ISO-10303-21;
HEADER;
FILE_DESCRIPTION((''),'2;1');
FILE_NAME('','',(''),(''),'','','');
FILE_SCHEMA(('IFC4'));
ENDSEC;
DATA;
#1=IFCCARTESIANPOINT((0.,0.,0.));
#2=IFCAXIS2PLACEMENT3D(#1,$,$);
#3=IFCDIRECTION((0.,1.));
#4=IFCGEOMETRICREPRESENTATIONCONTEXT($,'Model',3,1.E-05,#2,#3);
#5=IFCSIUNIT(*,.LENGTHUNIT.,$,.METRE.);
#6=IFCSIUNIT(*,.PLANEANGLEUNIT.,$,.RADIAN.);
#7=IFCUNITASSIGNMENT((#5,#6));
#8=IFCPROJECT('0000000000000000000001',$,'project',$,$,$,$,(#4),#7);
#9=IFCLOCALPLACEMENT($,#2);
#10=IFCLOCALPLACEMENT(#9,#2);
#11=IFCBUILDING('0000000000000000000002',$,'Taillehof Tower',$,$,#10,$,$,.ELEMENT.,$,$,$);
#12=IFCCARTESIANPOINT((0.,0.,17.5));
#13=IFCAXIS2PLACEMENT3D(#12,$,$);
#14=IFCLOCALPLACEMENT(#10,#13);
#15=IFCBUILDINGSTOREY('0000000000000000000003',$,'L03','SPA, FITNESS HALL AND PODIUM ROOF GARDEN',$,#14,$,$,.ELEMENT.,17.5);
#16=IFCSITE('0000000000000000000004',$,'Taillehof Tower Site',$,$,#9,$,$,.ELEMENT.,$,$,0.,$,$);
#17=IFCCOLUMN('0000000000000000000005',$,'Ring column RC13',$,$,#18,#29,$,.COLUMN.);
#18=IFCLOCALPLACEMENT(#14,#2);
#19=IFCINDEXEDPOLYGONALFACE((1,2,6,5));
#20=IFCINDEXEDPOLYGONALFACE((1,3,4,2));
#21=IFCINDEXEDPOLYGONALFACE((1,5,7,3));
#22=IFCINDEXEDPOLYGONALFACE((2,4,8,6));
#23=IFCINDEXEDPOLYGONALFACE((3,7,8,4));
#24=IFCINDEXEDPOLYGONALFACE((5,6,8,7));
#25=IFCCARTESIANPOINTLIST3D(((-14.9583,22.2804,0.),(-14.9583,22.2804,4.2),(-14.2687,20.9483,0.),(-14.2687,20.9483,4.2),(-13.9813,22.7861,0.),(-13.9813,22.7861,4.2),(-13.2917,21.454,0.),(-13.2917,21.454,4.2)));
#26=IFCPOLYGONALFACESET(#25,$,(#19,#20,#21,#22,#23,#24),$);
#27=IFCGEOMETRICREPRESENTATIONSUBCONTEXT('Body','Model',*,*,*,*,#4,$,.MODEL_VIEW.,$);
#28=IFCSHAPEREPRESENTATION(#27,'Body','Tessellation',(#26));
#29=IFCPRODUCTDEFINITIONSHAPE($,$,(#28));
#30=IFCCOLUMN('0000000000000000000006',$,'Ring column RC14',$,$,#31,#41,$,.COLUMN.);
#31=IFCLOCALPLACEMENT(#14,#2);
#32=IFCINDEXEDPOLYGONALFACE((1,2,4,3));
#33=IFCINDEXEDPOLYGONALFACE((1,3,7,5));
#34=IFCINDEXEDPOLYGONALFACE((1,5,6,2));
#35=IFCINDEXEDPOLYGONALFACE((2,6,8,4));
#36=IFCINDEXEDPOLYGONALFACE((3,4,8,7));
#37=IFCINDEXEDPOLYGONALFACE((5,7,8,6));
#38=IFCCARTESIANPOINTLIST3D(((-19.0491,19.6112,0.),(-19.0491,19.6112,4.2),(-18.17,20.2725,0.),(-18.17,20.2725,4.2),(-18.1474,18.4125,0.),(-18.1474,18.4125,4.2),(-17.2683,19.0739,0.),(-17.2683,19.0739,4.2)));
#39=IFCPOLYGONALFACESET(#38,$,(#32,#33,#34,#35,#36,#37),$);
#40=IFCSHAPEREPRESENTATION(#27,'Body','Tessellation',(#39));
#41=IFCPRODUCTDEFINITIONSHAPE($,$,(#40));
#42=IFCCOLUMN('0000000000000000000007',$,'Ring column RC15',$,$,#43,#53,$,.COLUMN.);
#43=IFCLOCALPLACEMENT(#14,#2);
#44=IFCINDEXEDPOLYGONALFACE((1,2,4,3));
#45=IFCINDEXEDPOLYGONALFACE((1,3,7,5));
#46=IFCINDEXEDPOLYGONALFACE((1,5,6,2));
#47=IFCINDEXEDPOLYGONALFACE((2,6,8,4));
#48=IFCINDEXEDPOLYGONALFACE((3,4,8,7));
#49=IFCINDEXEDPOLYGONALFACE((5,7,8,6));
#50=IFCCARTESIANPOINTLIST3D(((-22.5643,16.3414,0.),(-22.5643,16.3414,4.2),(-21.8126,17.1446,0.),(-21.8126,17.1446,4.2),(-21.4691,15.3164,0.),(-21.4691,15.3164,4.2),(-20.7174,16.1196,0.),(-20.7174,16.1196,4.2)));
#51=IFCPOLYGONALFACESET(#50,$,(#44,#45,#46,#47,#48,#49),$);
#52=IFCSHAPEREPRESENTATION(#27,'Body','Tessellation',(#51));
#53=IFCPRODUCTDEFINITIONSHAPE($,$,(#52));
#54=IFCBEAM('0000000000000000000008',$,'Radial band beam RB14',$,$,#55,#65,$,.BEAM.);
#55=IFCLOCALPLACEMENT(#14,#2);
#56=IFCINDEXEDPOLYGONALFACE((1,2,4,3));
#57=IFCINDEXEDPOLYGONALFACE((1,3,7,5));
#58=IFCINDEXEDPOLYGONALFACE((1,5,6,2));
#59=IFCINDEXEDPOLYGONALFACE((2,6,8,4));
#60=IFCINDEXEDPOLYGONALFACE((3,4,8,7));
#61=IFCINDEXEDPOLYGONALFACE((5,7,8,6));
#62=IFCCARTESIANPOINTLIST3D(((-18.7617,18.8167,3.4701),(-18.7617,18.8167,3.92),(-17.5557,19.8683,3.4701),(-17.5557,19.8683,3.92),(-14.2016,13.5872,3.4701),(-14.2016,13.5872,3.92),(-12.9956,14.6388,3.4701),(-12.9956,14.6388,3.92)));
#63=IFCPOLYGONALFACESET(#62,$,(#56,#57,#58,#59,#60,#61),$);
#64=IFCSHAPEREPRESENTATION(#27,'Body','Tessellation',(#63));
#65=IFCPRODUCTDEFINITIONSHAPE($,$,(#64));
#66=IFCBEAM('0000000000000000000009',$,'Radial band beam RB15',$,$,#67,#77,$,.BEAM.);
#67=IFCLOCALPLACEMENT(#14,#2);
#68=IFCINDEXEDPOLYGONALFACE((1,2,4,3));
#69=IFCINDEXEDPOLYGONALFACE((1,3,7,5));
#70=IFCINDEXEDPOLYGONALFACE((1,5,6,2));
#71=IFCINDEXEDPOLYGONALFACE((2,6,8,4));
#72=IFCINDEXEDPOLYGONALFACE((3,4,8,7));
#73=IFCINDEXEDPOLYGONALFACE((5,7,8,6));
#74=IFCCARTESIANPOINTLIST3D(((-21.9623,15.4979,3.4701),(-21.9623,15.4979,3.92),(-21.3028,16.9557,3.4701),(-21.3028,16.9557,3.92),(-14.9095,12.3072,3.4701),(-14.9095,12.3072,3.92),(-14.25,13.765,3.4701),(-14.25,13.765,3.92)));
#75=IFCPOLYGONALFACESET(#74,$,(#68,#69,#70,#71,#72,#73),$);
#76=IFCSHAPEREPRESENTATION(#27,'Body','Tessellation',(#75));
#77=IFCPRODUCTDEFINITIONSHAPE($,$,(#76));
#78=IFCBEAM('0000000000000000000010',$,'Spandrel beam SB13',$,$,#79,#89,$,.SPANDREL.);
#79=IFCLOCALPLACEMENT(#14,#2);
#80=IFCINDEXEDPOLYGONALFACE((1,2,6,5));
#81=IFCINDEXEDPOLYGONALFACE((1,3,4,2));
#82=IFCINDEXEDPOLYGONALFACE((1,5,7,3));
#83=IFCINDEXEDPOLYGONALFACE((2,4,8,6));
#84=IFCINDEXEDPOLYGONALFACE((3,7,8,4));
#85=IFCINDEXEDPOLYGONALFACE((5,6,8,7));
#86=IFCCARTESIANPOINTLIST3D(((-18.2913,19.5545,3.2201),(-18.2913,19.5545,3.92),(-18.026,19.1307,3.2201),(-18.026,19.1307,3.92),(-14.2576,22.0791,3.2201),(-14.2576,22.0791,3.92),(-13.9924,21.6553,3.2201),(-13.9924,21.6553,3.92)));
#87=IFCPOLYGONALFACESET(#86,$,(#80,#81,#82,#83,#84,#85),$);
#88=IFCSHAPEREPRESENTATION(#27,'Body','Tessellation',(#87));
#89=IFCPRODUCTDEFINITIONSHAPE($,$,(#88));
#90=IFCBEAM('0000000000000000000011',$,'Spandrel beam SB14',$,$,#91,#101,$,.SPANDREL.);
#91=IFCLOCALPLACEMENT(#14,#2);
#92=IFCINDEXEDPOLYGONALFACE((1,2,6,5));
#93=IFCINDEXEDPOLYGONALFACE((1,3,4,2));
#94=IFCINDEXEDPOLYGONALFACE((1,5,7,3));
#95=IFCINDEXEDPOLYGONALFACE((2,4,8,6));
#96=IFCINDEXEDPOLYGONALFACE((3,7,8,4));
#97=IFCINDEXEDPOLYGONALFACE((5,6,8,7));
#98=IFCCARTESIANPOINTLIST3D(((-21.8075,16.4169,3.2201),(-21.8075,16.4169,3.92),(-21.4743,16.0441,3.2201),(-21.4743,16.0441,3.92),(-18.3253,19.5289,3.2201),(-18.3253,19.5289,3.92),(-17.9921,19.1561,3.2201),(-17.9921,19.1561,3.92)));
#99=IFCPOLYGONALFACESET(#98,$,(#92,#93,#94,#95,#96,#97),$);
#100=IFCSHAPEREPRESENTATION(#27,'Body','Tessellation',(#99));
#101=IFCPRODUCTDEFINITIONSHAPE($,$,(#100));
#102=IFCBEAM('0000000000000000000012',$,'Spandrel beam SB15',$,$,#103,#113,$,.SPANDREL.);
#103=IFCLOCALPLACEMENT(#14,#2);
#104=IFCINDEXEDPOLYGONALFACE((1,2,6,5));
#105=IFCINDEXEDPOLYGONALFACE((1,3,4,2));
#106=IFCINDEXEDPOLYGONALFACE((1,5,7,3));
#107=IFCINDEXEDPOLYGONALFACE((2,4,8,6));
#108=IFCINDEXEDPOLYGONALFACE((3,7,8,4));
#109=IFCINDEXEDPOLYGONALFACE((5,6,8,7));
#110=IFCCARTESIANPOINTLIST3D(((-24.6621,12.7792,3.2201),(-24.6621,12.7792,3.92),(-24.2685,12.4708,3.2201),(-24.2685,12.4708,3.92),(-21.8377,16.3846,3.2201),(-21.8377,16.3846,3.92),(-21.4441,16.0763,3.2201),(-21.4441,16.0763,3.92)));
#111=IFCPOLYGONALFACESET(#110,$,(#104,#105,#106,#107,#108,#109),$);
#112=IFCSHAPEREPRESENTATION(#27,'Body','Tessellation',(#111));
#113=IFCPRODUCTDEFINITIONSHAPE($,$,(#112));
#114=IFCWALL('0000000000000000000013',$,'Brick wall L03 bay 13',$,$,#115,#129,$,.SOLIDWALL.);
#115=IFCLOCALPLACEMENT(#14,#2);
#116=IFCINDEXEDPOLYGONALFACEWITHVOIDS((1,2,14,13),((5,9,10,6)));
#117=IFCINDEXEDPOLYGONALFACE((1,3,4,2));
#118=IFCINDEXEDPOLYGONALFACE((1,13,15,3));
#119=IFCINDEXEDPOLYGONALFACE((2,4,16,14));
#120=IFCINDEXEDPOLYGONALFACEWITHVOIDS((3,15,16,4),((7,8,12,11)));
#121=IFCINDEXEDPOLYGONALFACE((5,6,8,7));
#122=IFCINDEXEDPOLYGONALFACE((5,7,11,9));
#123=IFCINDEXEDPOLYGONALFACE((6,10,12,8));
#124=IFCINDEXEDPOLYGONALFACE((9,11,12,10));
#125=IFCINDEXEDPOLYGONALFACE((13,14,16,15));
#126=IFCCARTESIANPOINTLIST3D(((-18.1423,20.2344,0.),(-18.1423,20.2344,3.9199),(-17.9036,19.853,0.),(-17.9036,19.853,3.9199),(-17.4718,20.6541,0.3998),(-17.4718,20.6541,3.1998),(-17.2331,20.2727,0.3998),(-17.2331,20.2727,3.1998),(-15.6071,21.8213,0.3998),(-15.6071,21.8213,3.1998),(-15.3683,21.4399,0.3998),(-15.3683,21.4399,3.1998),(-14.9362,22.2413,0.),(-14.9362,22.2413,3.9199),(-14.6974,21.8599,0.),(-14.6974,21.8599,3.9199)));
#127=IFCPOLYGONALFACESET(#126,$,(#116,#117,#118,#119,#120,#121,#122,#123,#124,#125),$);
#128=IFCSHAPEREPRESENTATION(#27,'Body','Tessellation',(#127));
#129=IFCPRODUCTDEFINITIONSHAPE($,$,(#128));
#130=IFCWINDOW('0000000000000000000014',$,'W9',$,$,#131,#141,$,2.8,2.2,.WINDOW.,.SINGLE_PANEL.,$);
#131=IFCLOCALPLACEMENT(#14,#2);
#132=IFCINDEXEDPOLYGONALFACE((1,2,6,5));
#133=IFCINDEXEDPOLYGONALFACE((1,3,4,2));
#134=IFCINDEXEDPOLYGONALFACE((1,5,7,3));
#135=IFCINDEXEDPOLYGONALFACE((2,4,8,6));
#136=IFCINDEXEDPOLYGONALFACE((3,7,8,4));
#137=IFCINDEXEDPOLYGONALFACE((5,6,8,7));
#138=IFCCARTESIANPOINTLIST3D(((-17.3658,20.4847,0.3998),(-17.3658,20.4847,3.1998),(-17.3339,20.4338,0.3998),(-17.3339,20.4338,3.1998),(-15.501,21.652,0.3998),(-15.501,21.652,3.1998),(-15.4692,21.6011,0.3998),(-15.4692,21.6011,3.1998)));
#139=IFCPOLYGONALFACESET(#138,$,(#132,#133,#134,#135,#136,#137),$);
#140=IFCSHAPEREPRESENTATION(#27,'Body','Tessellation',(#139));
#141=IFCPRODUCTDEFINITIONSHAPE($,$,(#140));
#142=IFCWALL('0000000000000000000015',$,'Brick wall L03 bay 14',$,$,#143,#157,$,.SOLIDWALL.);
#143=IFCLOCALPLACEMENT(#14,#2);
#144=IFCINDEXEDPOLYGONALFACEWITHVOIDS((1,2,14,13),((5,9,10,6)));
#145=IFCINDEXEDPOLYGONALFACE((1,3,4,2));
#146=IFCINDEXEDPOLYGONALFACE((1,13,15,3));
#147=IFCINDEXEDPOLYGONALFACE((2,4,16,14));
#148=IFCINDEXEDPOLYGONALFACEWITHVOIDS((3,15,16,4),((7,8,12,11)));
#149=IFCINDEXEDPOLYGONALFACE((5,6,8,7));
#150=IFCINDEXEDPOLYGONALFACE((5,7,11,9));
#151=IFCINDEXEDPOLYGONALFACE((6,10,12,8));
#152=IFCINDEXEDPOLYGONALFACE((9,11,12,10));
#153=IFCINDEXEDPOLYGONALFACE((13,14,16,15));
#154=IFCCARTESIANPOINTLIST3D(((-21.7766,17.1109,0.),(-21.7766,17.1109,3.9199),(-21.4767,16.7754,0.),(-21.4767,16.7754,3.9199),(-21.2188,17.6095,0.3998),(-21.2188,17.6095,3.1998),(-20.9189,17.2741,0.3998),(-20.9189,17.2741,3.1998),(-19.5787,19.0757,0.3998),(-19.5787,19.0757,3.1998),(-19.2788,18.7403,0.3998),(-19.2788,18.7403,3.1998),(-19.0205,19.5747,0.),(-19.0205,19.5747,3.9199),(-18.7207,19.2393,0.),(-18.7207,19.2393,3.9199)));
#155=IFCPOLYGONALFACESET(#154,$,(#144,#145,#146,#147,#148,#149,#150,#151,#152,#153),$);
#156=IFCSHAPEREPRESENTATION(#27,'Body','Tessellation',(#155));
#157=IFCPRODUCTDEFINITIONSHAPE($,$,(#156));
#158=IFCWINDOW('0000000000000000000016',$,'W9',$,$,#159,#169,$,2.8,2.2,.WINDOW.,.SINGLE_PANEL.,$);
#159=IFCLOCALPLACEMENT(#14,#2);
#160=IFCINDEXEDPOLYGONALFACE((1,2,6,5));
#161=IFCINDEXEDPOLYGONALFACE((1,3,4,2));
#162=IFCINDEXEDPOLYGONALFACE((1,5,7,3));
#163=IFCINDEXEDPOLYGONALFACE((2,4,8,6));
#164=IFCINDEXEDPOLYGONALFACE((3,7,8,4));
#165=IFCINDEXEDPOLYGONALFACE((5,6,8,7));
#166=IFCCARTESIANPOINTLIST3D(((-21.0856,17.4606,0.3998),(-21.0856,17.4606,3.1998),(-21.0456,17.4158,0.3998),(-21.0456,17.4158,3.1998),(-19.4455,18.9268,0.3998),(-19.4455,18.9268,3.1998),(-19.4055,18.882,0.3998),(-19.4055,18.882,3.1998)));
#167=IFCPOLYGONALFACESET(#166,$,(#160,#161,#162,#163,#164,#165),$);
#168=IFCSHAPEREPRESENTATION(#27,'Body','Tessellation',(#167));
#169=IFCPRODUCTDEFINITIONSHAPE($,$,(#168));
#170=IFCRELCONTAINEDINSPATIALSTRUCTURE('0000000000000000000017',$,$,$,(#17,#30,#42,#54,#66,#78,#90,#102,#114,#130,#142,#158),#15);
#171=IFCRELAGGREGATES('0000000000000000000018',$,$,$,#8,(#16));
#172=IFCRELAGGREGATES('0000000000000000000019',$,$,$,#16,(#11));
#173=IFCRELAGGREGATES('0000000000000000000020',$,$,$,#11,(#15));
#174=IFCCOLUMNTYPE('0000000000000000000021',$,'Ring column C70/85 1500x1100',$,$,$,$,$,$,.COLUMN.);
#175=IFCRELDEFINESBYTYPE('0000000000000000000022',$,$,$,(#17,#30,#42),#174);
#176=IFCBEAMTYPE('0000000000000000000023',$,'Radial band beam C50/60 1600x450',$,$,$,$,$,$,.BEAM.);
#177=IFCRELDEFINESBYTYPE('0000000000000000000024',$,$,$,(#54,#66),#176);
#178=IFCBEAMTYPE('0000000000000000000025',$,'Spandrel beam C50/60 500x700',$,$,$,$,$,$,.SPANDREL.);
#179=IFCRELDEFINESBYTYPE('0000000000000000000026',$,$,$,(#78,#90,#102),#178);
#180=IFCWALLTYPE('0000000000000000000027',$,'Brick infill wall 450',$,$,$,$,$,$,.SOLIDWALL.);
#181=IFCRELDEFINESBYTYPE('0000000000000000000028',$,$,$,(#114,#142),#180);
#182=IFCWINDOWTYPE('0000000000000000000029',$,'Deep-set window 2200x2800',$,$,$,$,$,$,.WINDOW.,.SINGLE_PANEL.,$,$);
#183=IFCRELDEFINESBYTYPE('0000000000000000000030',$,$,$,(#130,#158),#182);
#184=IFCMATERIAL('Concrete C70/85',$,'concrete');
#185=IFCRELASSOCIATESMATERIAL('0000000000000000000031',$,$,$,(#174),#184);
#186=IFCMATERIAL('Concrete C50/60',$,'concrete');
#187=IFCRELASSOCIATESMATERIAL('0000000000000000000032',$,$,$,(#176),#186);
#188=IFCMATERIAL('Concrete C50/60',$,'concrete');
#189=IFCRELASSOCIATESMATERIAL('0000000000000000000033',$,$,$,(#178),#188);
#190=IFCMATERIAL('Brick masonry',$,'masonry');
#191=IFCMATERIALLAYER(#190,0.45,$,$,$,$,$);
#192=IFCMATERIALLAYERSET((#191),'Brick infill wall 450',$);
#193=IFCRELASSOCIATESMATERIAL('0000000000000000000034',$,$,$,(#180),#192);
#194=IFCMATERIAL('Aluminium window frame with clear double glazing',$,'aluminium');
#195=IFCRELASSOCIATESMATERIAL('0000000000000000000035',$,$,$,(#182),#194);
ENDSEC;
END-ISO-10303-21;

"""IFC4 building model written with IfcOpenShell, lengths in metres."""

from ifc_helpers import new_model, si_unit, direction, frame, frame_2d, origin, origin_2d, place, context, subcontext, project, spatial, rectangle, extrude, material, layer, layer_set, material_profile, profile_set, type_object, element, fill, save


model = new_model("IFC4")

# Units and contexts
model_context = context("Model", 3, precision=1e-05, world=origin(), true_north=direction((0.0, 1.0)))
body_context = subcontext(model_context, "Body", "Model", "MODEL_VIEW")
ifc_project = project(units=[si_unit("LENGTHUNIT", "METRE"), si_unit("PLANEANGLEUNIT", "RADIAN")], contexts=[model_context])

# Site, building, storey
site_placement = place(None, origin())
site = spatial("IfcSite", under=ifc_project, at=site_placement, Name="Taillehof Tower Site", CompositionType="ELEMENT", RefElevation=0.0)
building_placement = place(site_placement, origin())
building = spatial("IfcBuilding", under=site, at=building_placement, Name="Taillehof Tower", CompositionType="ELEMENT")
storey_placement = place(building_placement, frame((0.0, 0.0, 17.5)))
storey = spatial("IfcBuildingStorey", under=building, at=storey_placement, Name="L03", Description="SPA, FITNESS HALL AND PODIUM ROOF GARDEN", CompositionType="ELEMENT", Elevation=17.5)

# Columns
ifc_material_1 = material(Name="Concrete C70/85", Category="concrete")
ifc_material_profile_1 = material_profile(ifc_material_1, rectangle(XDim=1.5, YDim=1.1001, at=origin_2d()), Name="RC 1500x1100")
ifc_profile_set_1 = profile_set([ifc_material_profile_1], Name="Concrete C70/85")
column_type = type_object("IfcColumnType", Name="Ring column C70/85 1500x1100", PredefinedType="COLUMN", material=ifc_profile_set_1)
for number, where, z_axis, x_axis, name in (
    (1, (-14.125, 21.8672, 0.0), (0.0, 0.0, 1.0), (-0.459691, 0.888079, 0.0), "Ring column RC13"),
    (2, (-18.1587, 19.3425, 0.0), (0.0, 0.0, 1.0), (-0.601174, 0.799118, 0.0), "Ring column RC14"),
    (3, (-21.6409, 16.2305, 0.0), (0.0, 0.0, 1.0), (-0.730113, 0.683326, 0.0), "Ring column RC15"),
):
    element("IfcColumn", number, at=place(storey_placement, frame(where, z_axis=z_axis, x_axis=x_axis)), inside=storey, type_object=column_type, Name=name, PredefinedType="COLUMN", context=body_context, shape_type="SweptSolid", body=[
        extrude(rectangle(XDim=1.5, YDim=1.1001, at=origin_2d()), origin(), (0.0, 0.0, 1.0), 4.2),
    ])

# Beams
ifc_material_2 = material(Name="Concrete C50/60", Category="concrete")
ifc_material_profile_2 = material_profile(ifc_material_2, rectangle(XDim=1.6001, YDim=0.45, at=origin_2d()), Name="RC 1600x450")
ifc_profile_set_2 = profile_set([ifc_material_profile_2], Name="Concrete C50/60")
beam_type_1 = type_object("IfcBeamType", Name="Radial band beam C50/60 1600x450", PredefinedType="BEAM", material=ifc_profile_set_2)
beam_1_placement = place(storey_placement, frame((-18.1587, 19.3425, 3.6951), z_axis=(0.657218, -0.7537, 0.0), x_axis=(0.7537, 0.657218, 0.0)))
element("IfcBeam", 4, at=beam_1_placement, inside=storey, type_object=beam_type_1, Name="Radial band beam RB14", PredefinedType="BEAM", context=body_context, shape_type="SweptSolid", body=[
    extrude(rectangle(XDim=1.6001, YDim=0.45, at=origin_2d()), origin(), (0.0, 0.0, 1.0), 6.9385),
])
beam_2_placement = place(storey_placement, frame((-21.6326, 16.2268, 3.6951), z_axis=(0.911101, -0.412184, 0.0), x_axis=(0.412184, 0.911101, 0.0)))
element("IfcBeam", 5, at=beam_2_placement, inside=storey, type_object=beam_type_1, Name="Radial band beam RB15", PredefinedType="BEAM", context=body_context, shape_type="SweptSolid", body=[
    extrude(rectangle(XDim=1.6001, YDim=0.45, at=origin_2d()), origin(), (0.0, 0.0, 1.0), 7.741),
])
ifc_material_3 = material(Name="Concrete C50/60", Category="concrete")
ifc_material_profile_3 = material_profile(ifc_material_3, rectangle(XDim=0.5, YDim=0.7, at=origin_2d()), Name="RC 500x700")
ifc_profile_set_3 = profile_set([ifc_material_profile_3], Name="Concrete C50/60")
beam_type_2 = type_object("IfcBeamType", Name="Spandrel beam C50/60 500x700", PredefinedType="SPANDREL", material=ifc_profile_set_3)
beam_3_placement = place(storey_placement, frame((-14.125, 21.8672, 3.5701), z_axis=(-0.847658, -0.530543, 0.0), x_axis=(0.530543, -0.847658, 0.0)))
element("IfcBeam", 6, at=beam_3_placement, inside=storey, type_object=beam_type_2, Name="Spandrel beam SB13", PredefinedType="SPANDREL", context=body_context, shape_type="SweptSolid", body=[
    extrude(rectangle(XDim=0.5, YDim=0.7, at=origin_2d()), origin(), (0.0, 0.0, 1.0), 4.7585),
])
beam_4_placement = place(storey_placement, frame((-18.1587, 19.3425, 3.5701), z_axis=(-0.745621, -0.66637, 0.0), x_axis=(0.66637, -0.745621, 0.0)))
element("IfcBeam", 7, at=beam_4_placement, inside=storey, type_object=beam_type_2, Name="Spandrel beam SB14", PredefinedType="SPANDREL", context=body_context, shape_type="SweptSolid", body=[
    extrude(rectangle(XDim=0.5, YDim=0.7, at=origin_2d()), origin(), (0.0, 0.0, 1.0), 4.6702),
])
beam_5_placement = place(storey_placement, frame((-21.6409, 16.2305, 3.5701), z_axis=(-0.616686, -0.787209, 0.0), x_axis=(0.787209, -0.616686, 0.0)))
element("IfcBeam", 8, at=beam_5_placement, inside=storey, type_object=beam_type_2, Name="Spandrel beam SB15", PredefinedType="SPANDREL", context=body_context, shape_type="SweptSolid", body=[
    extrude(rectangle(XDim=0.5, YDim=0.7, at=origin_2d()), origin(), (0.0, 0.0, 1.0), 4.5801),
])

# Walls, openings, windows
ifc_material_4 = material(Name="Brick masonry", Category="masonry")
ifc_layer_1 = layer(ifc_material_4, 0.45)
ifc_layer_set_1 = layer_set([ifc_layer_1], Name="Brick infill wall 450")
wall_type_1 = type_object("IfcWallType", Name="Brick infill wall 450", PredefinedType="SOLIDWALL", material=ifc_layer_set_1)
wall_1_placement = place(storey_placement, frame((-14.8169, 22.0505, 0.0), z_axis=(0.0, 0.0, 1.0), x_axis=(-0.847635, -0.530579, 0.0)))
wall_1 = element("IfcWall", 9, at=wall_1_placement, inside=storey, type_object=wall_type_1, Name="Brick wall L03 bay 13", PredefinedType="SOLIDWALL", context=body_context, shape_type="SweptSolid", body=[
    extrude(rectangle(XDim=3.7825, YDim=0.45, at=frame_2d((1.8911, 0.0))), origin(), (0.0, 0.0, 1.0), 3.9199),
])
opening_1_placement = place(wall_1_placement, frame((0.7913, 0.0, 0.3999)))
opening_1 = element("IfcOpeningElement", 10, at=opening_1_placement, cuts=wall_1, PredefinedType="OPENING", context=body_context, shape_type="SweptSolid", body=[
    extrude(rectangle(XDim=2.2, YDim=2.8, at=frame_2d((1.1001, 1.3999))), frame((0.0, 0.2349, 0.0), z_axis=(0.0, -1.0, 0.0), x_axis=(1.0, 0.0, 0.0)), (0.0, 0.0, 1.0), 0.47),
])
ifc_material_5 = material(Name="Aluminium window frame with clear double glazing", Category="aluminium")
window_type = type_object("IfcWindowType", Name="Deep-set window 2200x2800", PartitioningType="SINGLE_PANEL", PredefinedType="WINDOW", material=ifc_material_5)
window_1_placement = place(opening_1_placement, origin())
window_1 = element("IfcWindow", 11, at=window_1_placement, inside=storey, type_object=window_type, Name="W9", OverallHeight=2.8, OverallWidth=2.2, PartitioningType="SINGLE_PANEL", PredefinedType="WINDOW", context=body_context, shape_type="SweptSolid", body=[
    extrude(rectangle(XDim=2.2, YDim=2.8, at=frame_2d((1.1001, 1.3999))), frame((0.0, 0.0349, 0.0), z_axis=(0.0, -1.0, 0.0), x_axis=(1.0, 0.0, 0.0)), (0.0, 0.0, 1.0), 0.0601),
])
fill(opening_1, window_1)
wall_2_placement = place(storey_placement, frame((-18.8706, 19.407, 0.0), z_axis=(0.0, 0.0, 1.0), x_axis=(-0.745526, -0.666476, 0.0)))
wall_2 = element("IfcWall", 12, at=wall_2_placement, inside=storey, type_object=wall_type_1, Name="Brick wall L03 bay 14", PredefinedType="SOLIDWALL", context=body_context, shape_type="SweptSolid", body=[
    extrude(rectangle(XDim=3.6968, YDim=0.45, at=frame_2d((1.8484, 0.0))), origin(), (0.0, 0.0, 1.0), 3.9199),
])
opening_2_placement = place(wall_2_placement, frame((0.7485, 0.0, 0.3999)))
opening_2 = element("IfcOpeningElement", 13, at=opening_2_placement, cuts=wall_2, PredefinedType="OPENING", context=body_context, shape_type="SweptSolid", body=[
    extrude(rectangle(XDim=2.2, YDim=2.8, at=frame_2d((1.1001, 1.3999))), frame((0.0, 0.2349, 0.0), z_axis=(0.0, -1.0, 0.0), x_axis=(1.0, 0.0, 0.0)), (0.0, 0.0, 1.0), 0.47),
])
window_2_placement = place(opening_2_placement, origin())
window_2 = element("IfcWindow", 14, at=window_2_placement, inside=storey, type_object=window_type, Name="W9", OverallHeight=2.8, OverallWidth=2.2, PartitioningType="SINGLE_PANEL", PredefinedType="WINDOW", context=body_context, shape_type="SweptSolid", body=[
    extrude(rectangle(XDim=2.2, YDim=2.8, at=frame_2d((1.1001, 1.3999))), frame((0.0, 0.0349, 0.0), z_axis=(0.0, -1.0, 0.0), x_axis=(1.0, 0.0, 0.0)), (0.0, 0.0, 1.0), 0.0601),
])
fill(opening_2, window_2)

save(model, "model.ifc")
